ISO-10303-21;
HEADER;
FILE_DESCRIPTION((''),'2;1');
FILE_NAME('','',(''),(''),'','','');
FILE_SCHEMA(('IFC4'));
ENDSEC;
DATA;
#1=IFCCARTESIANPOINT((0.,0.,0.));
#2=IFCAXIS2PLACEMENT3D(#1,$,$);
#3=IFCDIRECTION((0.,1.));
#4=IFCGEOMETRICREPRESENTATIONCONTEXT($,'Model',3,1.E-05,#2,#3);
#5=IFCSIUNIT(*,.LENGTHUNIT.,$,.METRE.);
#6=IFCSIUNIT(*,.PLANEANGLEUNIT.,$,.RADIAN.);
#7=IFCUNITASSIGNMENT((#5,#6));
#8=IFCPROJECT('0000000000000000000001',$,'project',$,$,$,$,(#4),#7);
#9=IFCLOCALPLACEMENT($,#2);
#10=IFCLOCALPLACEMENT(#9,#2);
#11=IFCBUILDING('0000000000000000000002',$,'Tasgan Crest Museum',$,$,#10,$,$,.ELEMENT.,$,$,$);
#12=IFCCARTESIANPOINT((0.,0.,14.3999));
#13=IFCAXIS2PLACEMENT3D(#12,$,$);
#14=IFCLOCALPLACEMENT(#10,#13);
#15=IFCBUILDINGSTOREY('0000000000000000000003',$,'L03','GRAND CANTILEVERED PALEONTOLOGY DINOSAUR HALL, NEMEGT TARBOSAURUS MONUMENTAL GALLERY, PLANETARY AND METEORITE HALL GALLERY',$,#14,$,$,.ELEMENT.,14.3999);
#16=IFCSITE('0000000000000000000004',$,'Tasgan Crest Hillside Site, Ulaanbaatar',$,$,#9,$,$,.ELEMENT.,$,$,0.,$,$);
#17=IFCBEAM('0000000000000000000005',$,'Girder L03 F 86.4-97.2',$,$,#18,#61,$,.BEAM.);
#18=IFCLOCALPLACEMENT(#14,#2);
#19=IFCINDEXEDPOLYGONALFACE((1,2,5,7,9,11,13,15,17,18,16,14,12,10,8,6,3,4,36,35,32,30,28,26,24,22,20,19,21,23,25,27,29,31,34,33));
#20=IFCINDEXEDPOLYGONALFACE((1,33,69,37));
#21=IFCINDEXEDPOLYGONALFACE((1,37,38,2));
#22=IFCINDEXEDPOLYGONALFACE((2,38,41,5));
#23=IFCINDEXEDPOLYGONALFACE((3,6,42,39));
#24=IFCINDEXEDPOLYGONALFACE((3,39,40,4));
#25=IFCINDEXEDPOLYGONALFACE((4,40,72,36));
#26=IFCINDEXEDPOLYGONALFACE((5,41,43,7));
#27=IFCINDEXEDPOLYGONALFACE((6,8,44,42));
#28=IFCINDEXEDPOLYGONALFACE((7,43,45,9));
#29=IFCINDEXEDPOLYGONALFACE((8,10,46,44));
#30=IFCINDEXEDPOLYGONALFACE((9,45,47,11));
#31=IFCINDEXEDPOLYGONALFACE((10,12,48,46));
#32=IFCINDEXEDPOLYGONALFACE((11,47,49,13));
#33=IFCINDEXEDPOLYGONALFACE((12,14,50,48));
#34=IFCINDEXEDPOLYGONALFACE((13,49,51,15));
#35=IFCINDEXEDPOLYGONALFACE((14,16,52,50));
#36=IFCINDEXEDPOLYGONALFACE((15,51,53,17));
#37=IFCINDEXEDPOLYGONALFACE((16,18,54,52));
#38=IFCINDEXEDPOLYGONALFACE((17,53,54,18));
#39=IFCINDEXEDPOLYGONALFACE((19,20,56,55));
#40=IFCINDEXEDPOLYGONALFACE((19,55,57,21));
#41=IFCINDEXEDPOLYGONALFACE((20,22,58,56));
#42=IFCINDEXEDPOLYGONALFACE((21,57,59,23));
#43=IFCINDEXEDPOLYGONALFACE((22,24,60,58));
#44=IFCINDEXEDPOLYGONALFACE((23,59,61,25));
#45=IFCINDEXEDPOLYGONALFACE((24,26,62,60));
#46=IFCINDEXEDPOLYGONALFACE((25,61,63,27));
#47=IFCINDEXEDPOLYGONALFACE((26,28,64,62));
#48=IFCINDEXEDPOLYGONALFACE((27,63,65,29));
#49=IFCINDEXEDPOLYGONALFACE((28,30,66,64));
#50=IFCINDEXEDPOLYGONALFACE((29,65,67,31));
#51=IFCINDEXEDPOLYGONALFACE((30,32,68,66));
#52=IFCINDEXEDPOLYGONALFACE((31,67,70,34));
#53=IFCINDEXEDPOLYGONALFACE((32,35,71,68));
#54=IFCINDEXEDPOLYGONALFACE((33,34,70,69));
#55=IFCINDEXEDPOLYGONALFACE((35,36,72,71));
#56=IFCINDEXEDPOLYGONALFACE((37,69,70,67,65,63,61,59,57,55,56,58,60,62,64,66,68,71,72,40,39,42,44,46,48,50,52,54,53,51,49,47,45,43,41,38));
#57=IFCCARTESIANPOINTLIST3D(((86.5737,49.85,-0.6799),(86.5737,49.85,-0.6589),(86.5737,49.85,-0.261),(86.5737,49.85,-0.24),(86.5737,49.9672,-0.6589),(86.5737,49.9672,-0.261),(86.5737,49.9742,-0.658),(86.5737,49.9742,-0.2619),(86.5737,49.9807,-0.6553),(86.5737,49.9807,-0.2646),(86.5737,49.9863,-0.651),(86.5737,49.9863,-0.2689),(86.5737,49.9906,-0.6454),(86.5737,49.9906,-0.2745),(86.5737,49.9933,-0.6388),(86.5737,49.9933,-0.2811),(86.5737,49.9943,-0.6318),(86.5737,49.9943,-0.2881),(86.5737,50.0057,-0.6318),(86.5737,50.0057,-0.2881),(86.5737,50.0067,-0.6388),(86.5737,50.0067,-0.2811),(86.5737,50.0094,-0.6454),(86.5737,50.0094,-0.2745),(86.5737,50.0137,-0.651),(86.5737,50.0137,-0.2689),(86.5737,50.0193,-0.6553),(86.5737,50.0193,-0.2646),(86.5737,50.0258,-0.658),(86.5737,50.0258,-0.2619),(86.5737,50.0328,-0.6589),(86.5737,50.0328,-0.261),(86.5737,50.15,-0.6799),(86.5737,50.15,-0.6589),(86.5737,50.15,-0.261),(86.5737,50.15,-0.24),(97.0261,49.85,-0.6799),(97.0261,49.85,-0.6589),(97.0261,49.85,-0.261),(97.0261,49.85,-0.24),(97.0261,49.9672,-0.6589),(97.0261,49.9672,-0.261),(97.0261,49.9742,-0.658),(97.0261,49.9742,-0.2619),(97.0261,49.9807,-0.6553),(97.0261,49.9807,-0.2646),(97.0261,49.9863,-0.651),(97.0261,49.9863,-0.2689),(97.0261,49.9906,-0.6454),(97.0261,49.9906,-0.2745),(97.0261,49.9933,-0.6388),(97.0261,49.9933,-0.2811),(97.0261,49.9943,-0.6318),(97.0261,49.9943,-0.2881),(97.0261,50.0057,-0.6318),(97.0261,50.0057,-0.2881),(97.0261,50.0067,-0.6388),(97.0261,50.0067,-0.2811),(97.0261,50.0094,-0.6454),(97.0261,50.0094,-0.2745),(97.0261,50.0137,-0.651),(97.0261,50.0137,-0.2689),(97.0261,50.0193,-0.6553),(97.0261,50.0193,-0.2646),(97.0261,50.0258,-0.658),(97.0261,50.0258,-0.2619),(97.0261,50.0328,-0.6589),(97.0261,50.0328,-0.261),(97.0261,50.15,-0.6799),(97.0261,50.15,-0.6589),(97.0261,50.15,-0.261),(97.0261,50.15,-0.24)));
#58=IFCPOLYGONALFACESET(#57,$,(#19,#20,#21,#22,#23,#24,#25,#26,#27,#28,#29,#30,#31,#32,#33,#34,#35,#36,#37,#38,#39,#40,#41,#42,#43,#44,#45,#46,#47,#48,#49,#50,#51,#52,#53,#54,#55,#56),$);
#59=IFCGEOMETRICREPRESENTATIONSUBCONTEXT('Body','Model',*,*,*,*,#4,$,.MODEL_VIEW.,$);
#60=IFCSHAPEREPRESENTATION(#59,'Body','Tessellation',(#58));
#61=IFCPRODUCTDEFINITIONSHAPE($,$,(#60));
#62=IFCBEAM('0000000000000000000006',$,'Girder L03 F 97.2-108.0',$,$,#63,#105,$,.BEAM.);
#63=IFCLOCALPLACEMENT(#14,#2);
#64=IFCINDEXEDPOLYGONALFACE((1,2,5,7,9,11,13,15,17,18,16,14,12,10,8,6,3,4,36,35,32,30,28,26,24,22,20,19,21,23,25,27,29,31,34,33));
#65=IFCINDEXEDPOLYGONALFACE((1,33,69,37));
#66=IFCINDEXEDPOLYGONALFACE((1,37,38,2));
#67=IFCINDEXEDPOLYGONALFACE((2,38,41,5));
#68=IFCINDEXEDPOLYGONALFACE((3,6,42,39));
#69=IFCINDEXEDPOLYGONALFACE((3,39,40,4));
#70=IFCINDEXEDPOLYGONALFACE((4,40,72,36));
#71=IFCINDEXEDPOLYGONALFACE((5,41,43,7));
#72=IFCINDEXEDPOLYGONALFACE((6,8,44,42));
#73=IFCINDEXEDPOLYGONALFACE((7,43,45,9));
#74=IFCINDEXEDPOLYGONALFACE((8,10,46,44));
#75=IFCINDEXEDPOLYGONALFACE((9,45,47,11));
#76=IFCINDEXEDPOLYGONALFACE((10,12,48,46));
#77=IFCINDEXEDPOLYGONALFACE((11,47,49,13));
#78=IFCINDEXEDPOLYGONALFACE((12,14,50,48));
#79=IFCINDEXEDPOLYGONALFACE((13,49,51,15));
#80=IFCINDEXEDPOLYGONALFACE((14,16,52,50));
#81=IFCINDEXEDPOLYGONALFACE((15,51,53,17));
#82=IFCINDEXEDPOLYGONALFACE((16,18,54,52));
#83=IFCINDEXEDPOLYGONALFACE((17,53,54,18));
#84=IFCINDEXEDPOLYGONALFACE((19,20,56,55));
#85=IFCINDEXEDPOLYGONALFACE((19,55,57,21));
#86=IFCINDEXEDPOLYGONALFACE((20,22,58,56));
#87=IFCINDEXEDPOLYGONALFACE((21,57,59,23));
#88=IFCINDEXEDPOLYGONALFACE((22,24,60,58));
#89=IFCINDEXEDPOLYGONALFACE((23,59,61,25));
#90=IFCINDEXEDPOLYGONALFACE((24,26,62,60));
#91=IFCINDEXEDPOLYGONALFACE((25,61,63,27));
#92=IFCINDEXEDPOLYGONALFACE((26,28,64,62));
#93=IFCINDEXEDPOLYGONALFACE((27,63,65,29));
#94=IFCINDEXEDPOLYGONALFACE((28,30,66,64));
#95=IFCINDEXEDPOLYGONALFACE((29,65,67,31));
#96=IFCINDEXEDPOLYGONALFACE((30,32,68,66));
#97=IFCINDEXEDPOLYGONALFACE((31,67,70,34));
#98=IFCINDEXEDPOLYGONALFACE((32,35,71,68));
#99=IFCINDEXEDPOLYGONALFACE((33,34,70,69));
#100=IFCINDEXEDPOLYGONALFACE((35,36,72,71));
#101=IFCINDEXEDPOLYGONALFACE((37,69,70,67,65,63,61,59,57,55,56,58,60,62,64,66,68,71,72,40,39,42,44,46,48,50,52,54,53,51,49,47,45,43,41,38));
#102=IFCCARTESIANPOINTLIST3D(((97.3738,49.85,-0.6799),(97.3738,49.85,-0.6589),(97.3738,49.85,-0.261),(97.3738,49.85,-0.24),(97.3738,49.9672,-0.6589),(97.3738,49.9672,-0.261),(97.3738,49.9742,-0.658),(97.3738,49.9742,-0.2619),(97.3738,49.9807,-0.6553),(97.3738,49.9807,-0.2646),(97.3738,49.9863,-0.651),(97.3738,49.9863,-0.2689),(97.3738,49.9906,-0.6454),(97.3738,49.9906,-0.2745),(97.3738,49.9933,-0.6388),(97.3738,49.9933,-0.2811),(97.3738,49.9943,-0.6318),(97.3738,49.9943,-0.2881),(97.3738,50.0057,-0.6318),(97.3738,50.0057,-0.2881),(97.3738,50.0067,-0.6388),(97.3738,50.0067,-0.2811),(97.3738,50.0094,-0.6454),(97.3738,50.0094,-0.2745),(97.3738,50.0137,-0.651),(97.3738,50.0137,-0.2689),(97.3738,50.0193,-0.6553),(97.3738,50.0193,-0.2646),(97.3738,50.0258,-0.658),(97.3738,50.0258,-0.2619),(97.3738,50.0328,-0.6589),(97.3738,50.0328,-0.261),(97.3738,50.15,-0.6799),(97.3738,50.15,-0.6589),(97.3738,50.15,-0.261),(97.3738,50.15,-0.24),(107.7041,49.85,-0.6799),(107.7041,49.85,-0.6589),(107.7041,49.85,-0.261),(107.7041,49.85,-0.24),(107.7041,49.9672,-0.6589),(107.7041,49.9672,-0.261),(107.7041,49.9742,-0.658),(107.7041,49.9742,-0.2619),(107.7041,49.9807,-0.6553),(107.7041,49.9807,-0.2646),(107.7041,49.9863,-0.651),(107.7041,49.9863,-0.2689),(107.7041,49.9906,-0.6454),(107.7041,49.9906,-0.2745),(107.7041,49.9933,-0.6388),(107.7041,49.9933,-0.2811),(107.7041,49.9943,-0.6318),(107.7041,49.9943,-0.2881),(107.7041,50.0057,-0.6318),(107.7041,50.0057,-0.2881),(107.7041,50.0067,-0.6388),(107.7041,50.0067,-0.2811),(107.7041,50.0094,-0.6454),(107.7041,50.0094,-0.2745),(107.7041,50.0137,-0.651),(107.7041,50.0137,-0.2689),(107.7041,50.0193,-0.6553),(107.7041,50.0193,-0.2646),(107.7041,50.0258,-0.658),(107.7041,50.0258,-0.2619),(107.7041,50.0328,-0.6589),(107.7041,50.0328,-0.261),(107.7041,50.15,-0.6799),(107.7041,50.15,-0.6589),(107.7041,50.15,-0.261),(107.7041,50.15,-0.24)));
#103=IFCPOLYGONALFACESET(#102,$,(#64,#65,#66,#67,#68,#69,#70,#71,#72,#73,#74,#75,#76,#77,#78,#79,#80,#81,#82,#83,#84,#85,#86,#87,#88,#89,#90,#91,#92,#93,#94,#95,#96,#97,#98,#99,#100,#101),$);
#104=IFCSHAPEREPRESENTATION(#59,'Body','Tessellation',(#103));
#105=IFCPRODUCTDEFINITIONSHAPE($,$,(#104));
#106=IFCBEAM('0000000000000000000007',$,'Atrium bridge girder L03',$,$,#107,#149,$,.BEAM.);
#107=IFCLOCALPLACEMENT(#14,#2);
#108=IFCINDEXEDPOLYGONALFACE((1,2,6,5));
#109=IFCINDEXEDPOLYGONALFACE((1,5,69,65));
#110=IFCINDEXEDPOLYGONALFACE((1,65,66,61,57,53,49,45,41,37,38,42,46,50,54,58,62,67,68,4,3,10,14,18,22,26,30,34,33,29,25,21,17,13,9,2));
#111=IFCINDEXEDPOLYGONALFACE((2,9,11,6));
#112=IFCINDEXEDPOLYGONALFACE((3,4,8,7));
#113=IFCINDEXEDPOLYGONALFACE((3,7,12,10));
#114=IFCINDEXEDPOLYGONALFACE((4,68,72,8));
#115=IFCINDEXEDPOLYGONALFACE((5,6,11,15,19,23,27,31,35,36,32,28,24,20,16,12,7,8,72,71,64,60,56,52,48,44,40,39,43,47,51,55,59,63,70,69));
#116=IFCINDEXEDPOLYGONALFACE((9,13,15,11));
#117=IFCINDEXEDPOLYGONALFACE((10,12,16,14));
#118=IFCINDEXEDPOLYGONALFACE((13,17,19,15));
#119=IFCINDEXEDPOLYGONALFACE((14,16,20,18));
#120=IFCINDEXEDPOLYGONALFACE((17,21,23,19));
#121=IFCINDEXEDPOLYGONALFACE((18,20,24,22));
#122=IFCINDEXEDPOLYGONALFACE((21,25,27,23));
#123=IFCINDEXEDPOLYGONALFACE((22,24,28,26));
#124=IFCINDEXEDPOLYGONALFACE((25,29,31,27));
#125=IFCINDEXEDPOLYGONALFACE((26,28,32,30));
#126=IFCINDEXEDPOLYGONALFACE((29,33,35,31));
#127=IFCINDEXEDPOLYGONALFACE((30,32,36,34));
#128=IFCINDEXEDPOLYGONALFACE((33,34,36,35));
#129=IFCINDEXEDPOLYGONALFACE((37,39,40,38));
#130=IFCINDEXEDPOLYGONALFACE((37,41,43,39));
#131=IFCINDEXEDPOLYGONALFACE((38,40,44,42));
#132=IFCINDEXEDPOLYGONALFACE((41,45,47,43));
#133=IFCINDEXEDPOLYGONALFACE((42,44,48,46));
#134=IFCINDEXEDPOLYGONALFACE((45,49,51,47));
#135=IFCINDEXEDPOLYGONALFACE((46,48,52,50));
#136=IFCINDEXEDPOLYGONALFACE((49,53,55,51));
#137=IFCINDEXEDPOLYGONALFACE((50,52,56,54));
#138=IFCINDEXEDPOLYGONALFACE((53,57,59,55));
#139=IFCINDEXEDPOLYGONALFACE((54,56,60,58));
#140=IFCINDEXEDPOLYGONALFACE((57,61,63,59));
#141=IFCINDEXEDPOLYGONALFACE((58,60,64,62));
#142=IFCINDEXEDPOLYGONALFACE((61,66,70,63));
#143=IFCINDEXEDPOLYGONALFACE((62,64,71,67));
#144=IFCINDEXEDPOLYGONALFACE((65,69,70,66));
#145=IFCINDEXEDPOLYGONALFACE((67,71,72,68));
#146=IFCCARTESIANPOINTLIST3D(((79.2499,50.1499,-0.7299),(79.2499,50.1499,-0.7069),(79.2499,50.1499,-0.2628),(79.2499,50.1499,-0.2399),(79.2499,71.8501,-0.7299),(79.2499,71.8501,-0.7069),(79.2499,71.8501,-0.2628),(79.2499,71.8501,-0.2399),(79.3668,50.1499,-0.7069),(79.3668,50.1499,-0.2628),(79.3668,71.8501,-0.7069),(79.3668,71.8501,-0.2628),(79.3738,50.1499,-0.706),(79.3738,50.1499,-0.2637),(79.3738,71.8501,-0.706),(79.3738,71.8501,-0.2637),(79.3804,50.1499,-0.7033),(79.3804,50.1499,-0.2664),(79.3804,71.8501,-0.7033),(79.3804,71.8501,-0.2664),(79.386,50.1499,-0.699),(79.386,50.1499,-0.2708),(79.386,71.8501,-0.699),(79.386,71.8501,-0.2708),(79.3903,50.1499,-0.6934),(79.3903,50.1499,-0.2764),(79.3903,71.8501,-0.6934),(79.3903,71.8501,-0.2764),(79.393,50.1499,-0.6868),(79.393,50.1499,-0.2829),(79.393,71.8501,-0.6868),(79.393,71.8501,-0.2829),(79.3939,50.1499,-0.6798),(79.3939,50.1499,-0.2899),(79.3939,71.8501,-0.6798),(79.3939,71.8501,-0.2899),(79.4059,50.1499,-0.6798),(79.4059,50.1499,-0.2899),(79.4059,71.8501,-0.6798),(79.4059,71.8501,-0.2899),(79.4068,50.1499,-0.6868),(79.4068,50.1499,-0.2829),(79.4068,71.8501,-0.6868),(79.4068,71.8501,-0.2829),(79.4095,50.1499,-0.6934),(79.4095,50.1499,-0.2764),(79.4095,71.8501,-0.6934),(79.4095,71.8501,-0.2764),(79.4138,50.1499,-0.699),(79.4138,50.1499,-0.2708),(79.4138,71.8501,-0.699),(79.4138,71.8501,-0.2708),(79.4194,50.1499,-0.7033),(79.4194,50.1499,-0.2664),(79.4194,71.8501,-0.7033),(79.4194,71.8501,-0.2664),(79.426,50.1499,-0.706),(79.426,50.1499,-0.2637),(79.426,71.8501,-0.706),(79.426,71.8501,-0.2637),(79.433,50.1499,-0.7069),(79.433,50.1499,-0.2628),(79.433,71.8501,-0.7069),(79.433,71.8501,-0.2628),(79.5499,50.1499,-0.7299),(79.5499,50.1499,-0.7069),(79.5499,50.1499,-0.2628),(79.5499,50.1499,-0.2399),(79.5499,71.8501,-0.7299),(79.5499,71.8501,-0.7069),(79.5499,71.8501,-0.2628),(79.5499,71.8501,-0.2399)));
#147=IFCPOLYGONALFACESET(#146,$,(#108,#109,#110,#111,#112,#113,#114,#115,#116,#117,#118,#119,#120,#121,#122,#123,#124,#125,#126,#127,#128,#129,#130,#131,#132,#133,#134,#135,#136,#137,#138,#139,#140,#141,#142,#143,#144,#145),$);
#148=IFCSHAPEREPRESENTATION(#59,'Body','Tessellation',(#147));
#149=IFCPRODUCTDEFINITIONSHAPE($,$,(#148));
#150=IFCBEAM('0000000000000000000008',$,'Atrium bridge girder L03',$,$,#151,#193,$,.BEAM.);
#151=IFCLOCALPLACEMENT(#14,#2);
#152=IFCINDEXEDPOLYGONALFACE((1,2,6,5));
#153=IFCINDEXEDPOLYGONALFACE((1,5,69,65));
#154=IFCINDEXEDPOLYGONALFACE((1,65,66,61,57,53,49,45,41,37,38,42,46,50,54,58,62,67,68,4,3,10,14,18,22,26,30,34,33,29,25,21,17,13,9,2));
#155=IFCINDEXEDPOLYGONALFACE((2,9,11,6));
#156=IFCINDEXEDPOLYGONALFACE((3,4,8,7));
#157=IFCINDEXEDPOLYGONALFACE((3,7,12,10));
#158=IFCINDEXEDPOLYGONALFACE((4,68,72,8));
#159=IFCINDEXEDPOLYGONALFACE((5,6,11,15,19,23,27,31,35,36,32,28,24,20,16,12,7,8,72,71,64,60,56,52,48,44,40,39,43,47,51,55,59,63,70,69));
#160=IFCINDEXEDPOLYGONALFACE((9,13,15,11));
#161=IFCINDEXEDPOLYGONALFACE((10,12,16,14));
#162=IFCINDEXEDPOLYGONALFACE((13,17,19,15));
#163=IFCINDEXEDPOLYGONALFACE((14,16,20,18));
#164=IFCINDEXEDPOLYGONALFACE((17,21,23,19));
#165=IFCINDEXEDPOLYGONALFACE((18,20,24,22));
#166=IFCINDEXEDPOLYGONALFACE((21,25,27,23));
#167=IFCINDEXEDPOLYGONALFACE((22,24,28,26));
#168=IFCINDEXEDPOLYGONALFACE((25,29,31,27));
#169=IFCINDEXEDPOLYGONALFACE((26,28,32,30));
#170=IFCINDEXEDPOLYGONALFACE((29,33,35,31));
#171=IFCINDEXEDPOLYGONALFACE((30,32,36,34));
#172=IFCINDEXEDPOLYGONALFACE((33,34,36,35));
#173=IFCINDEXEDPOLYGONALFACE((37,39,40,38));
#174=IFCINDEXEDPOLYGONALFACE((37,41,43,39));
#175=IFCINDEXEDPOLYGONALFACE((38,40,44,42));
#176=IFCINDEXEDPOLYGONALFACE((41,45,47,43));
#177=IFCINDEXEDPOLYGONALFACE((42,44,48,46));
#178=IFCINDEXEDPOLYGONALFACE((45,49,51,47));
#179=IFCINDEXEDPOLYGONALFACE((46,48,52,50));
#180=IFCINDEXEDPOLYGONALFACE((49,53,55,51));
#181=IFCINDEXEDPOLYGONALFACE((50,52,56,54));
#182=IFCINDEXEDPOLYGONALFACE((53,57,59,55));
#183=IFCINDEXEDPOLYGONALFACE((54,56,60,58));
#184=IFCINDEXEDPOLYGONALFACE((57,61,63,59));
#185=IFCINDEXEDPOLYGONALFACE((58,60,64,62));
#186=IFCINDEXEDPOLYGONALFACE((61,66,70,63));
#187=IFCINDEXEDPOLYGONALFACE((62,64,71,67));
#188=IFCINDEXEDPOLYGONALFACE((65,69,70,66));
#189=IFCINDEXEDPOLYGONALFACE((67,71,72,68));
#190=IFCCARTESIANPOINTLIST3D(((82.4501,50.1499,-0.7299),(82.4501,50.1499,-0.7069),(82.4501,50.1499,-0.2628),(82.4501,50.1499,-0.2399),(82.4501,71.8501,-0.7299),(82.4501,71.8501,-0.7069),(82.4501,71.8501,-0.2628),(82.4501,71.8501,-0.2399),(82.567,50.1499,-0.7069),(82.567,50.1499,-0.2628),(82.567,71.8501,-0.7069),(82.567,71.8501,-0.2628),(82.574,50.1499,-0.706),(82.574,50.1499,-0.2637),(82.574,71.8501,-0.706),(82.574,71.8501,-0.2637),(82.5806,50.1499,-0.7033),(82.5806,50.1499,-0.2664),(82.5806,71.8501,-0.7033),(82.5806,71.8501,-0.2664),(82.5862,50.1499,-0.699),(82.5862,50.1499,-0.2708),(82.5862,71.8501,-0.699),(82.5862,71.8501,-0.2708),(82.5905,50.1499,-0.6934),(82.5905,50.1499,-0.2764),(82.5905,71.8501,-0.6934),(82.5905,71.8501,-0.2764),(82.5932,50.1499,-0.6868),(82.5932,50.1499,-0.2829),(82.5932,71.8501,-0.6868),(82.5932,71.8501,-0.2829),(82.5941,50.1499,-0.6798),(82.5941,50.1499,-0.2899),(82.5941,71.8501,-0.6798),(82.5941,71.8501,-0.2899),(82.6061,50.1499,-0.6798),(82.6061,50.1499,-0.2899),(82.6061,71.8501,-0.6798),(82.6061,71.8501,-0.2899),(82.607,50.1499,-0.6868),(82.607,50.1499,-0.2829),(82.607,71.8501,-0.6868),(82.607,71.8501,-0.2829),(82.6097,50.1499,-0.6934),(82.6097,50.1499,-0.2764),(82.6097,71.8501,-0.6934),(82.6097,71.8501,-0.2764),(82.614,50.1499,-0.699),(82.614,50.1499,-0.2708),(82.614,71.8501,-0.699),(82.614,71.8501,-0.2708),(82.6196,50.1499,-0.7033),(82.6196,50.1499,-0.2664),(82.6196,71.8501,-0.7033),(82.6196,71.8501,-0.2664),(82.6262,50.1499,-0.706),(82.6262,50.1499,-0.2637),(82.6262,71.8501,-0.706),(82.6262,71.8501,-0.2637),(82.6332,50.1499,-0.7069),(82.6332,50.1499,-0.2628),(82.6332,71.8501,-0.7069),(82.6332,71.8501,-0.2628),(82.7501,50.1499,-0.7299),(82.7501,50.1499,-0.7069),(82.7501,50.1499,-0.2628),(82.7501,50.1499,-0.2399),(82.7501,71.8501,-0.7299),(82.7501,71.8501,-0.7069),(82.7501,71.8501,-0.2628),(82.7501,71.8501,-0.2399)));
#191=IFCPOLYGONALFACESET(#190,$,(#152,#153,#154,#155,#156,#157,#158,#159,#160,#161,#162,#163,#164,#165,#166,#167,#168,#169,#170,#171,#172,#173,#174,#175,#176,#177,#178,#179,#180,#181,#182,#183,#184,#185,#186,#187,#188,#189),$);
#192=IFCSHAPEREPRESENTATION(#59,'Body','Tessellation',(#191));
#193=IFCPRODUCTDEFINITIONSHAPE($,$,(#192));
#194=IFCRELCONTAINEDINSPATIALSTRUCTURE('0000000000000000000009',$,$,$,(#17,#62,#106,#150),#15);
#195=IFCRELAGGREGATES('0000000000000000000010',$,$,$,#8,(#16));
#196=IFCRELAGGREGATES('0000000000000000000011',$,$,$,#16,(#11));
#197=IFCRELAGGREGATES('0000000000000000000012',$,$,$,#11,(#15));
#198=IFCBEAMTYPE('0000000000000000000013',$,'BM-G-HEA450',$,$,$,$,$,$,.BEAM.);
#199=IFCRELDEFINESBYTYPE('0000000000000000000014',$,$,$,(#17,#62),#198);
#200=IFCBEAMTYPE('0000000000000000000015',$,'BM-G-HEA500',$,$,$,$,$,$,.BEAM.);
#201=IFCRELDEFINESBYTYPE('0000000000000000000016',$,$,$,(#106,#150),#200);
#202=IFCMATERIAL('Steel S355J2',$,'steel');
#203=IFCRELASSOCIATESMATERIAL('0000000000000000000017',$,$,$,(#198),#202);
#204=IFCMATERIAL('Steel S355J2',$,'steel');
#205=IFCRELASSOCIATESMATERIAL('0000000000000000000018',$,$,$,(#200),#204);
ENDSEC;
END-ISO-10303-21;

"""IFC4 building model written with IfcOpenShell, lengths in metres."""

from ifc_helpers import new_model, si_unit, direction, frame, origin, origin_2d, place, context, subcontext, project, spatial, i_section, extrude, material, material_profile, profile_set, type_object, element, save


model = new_model("IFC4")

# Units and contexts
model_context = context("Model", 3, precision=1e-05, world=origin(), true_north=direction((0.0, 1.0)))
body_context = subcontext(model_context, "Body", "Model", "MODEL_VIEW")
ifc_project = project(units=[si_unit("LENGTHUNIT", "METRE"), si_unit("PLANEANGLEUNIT", "RADIAN")], contexts=[model_context])

# Site, building, storey
site_placement = place(None, origin())
site = spatial("IfcSite", under=ifc_project, at=site_placement, Name="Tasgan Crest Hillside Site, Ulaanbaatar", CompositionType="ELEMENT", RefElevation=0.0)
building_placement = place(site_placement, origin())
building = spatial("IfcBuilding", under=site, at=building_placement, Name="Tasgan Crest Museum", CompositionType="ELEMENT")
storey_placement = place(building_placement, frame((0.0, 0.0, 14.3999)))
storey = spatial("IfcBuildingStorey", under=building, at=storey_placement, Name="L03", Description="GRAND CANTILEVERED PALEONTOLOGY DINOSAUR HALL, NEMEGT TARBOSAURUS MONUMENTAL GALLERY, PLANETARY AND METEORITE HALL GALLERY", CompositionType="ELEMENT", Elevation=14.3999)

# Beams
ifc_material_1 = material(Name="Steel S355J2", Category="steel")
ifc_material_profile_1 = material_profile(ifc_material_1, i_section(OverallWidth=0.3, OverallDepth=0.4399, WebThickness=0.0115, FlangeThickness=0.021, FilletRadius=0.0271, at=origin_2d()), Name="HEA 450")
ifc_profile_set_1 = profile_set([ifc_material_profile_1], Name="Steel S355J2")
beam_type_1 = type_object("IfcBeamType", Name="BM-G-HEA450", PredefinedType="BEAM", material=ifc_profile_set_1)
beam_1_placement = place(storey_placement, frame((86.5737, 50.0, -0.46), z_axis=(1.0, 0.0, 0.0), x_axis=(0.0, 1.0, 0.0)))
element("IfcBeam", 1, at=beam_1_placement, inside=storey, type_object=beam_type_1, Name="Girder L03 F 86.4-97.2", PredefinedType="BEAM", context=body_context, shape_type="SweptSolid", body=[
    extrude(i_section(OverallWidth=0.3, OverallDepth=0.4399, WebThickness=0.0115, FlangeThickness=0.021, FilletRadius=0.0271, at=origin_2d()), origin(), (0.0, 0.0, 1.0), 10.4524),
])
beam_2_placement = place(storey_placement, frame((97.3738, 50.0, -0.46), z_axis=(1.0, 0.0, 0.0), x_axis=(0.0, 1.0, 0.0)))
element("IfcBeam", 2, at=beam_2_placement, inside=storey, type_object=beam_type_1, Name="Girder L03 F 97.2-108.0", PredefinedType="BEAM", context=body_context, shape_type="SweptSolid", body=[
    extrude(i_section(OverallWidth=0.3, OverallDepth=0.4399, WebThickness=0.0115, FlangeThickness=0.021, FilletRadius=0.0271, at=origin_2d()), origin(), (0.0, 0.0, 1.0), 10.3303),
])
ifc_material_2 = material(Name="Steel S355J2", Category="steel")
ifc_material_profile_2 = material_profile(ifc_material_2, i_section(OverallWidth=0.3, OverallDepth=0.49, WebThickness=0.012, FlangeThickness=0.0229, FilletRadius=0.0271, at=origin_2d()), Name="HEA 500")
ifc_profile_set_2 = profile_set([ifc_material_profile_2], Name="Steel S355J2")
beam_type_2 = type_object("IfcBeamType", Name="BM-G-HEA500", PredefinedType="BEAM", material=ifc_profile_set_2)
for number, where, z_axis, x_axis, name in (
    (3, (79.3999, 50.1499, -0.4849), (0.0, 1.0, 0.0), (-1.0, 0.0, 0.0), "Atrium bridge girder L03"),
    (4, (82.6001, 50.1499, -0.4849), (0.0, 1.0, 0.0), (-1.0, 0.0, 0.0), "Atrium bridge girder L03"),
):
    element("IfcBeam", number, at=place(storey_placement, frame(where, z_axis=z_axis, x_axis=x_axis)), inside=storey, type_object=beam_type_2, Name=name, PredefinedType="BEAM", context=body_context, shape_type="SweptSolid", body=[
        extrude(i_section(OverallWidth=0.3, OverallDepth=0.49, WebThickness=0.012, FlangeThickness=0.0229, FilletRadius=0.0271, at=origin_2d()), origin(), (0.0, 0.0, 1.0), 21.7002),
    ])

save(model, "model.ifc")
